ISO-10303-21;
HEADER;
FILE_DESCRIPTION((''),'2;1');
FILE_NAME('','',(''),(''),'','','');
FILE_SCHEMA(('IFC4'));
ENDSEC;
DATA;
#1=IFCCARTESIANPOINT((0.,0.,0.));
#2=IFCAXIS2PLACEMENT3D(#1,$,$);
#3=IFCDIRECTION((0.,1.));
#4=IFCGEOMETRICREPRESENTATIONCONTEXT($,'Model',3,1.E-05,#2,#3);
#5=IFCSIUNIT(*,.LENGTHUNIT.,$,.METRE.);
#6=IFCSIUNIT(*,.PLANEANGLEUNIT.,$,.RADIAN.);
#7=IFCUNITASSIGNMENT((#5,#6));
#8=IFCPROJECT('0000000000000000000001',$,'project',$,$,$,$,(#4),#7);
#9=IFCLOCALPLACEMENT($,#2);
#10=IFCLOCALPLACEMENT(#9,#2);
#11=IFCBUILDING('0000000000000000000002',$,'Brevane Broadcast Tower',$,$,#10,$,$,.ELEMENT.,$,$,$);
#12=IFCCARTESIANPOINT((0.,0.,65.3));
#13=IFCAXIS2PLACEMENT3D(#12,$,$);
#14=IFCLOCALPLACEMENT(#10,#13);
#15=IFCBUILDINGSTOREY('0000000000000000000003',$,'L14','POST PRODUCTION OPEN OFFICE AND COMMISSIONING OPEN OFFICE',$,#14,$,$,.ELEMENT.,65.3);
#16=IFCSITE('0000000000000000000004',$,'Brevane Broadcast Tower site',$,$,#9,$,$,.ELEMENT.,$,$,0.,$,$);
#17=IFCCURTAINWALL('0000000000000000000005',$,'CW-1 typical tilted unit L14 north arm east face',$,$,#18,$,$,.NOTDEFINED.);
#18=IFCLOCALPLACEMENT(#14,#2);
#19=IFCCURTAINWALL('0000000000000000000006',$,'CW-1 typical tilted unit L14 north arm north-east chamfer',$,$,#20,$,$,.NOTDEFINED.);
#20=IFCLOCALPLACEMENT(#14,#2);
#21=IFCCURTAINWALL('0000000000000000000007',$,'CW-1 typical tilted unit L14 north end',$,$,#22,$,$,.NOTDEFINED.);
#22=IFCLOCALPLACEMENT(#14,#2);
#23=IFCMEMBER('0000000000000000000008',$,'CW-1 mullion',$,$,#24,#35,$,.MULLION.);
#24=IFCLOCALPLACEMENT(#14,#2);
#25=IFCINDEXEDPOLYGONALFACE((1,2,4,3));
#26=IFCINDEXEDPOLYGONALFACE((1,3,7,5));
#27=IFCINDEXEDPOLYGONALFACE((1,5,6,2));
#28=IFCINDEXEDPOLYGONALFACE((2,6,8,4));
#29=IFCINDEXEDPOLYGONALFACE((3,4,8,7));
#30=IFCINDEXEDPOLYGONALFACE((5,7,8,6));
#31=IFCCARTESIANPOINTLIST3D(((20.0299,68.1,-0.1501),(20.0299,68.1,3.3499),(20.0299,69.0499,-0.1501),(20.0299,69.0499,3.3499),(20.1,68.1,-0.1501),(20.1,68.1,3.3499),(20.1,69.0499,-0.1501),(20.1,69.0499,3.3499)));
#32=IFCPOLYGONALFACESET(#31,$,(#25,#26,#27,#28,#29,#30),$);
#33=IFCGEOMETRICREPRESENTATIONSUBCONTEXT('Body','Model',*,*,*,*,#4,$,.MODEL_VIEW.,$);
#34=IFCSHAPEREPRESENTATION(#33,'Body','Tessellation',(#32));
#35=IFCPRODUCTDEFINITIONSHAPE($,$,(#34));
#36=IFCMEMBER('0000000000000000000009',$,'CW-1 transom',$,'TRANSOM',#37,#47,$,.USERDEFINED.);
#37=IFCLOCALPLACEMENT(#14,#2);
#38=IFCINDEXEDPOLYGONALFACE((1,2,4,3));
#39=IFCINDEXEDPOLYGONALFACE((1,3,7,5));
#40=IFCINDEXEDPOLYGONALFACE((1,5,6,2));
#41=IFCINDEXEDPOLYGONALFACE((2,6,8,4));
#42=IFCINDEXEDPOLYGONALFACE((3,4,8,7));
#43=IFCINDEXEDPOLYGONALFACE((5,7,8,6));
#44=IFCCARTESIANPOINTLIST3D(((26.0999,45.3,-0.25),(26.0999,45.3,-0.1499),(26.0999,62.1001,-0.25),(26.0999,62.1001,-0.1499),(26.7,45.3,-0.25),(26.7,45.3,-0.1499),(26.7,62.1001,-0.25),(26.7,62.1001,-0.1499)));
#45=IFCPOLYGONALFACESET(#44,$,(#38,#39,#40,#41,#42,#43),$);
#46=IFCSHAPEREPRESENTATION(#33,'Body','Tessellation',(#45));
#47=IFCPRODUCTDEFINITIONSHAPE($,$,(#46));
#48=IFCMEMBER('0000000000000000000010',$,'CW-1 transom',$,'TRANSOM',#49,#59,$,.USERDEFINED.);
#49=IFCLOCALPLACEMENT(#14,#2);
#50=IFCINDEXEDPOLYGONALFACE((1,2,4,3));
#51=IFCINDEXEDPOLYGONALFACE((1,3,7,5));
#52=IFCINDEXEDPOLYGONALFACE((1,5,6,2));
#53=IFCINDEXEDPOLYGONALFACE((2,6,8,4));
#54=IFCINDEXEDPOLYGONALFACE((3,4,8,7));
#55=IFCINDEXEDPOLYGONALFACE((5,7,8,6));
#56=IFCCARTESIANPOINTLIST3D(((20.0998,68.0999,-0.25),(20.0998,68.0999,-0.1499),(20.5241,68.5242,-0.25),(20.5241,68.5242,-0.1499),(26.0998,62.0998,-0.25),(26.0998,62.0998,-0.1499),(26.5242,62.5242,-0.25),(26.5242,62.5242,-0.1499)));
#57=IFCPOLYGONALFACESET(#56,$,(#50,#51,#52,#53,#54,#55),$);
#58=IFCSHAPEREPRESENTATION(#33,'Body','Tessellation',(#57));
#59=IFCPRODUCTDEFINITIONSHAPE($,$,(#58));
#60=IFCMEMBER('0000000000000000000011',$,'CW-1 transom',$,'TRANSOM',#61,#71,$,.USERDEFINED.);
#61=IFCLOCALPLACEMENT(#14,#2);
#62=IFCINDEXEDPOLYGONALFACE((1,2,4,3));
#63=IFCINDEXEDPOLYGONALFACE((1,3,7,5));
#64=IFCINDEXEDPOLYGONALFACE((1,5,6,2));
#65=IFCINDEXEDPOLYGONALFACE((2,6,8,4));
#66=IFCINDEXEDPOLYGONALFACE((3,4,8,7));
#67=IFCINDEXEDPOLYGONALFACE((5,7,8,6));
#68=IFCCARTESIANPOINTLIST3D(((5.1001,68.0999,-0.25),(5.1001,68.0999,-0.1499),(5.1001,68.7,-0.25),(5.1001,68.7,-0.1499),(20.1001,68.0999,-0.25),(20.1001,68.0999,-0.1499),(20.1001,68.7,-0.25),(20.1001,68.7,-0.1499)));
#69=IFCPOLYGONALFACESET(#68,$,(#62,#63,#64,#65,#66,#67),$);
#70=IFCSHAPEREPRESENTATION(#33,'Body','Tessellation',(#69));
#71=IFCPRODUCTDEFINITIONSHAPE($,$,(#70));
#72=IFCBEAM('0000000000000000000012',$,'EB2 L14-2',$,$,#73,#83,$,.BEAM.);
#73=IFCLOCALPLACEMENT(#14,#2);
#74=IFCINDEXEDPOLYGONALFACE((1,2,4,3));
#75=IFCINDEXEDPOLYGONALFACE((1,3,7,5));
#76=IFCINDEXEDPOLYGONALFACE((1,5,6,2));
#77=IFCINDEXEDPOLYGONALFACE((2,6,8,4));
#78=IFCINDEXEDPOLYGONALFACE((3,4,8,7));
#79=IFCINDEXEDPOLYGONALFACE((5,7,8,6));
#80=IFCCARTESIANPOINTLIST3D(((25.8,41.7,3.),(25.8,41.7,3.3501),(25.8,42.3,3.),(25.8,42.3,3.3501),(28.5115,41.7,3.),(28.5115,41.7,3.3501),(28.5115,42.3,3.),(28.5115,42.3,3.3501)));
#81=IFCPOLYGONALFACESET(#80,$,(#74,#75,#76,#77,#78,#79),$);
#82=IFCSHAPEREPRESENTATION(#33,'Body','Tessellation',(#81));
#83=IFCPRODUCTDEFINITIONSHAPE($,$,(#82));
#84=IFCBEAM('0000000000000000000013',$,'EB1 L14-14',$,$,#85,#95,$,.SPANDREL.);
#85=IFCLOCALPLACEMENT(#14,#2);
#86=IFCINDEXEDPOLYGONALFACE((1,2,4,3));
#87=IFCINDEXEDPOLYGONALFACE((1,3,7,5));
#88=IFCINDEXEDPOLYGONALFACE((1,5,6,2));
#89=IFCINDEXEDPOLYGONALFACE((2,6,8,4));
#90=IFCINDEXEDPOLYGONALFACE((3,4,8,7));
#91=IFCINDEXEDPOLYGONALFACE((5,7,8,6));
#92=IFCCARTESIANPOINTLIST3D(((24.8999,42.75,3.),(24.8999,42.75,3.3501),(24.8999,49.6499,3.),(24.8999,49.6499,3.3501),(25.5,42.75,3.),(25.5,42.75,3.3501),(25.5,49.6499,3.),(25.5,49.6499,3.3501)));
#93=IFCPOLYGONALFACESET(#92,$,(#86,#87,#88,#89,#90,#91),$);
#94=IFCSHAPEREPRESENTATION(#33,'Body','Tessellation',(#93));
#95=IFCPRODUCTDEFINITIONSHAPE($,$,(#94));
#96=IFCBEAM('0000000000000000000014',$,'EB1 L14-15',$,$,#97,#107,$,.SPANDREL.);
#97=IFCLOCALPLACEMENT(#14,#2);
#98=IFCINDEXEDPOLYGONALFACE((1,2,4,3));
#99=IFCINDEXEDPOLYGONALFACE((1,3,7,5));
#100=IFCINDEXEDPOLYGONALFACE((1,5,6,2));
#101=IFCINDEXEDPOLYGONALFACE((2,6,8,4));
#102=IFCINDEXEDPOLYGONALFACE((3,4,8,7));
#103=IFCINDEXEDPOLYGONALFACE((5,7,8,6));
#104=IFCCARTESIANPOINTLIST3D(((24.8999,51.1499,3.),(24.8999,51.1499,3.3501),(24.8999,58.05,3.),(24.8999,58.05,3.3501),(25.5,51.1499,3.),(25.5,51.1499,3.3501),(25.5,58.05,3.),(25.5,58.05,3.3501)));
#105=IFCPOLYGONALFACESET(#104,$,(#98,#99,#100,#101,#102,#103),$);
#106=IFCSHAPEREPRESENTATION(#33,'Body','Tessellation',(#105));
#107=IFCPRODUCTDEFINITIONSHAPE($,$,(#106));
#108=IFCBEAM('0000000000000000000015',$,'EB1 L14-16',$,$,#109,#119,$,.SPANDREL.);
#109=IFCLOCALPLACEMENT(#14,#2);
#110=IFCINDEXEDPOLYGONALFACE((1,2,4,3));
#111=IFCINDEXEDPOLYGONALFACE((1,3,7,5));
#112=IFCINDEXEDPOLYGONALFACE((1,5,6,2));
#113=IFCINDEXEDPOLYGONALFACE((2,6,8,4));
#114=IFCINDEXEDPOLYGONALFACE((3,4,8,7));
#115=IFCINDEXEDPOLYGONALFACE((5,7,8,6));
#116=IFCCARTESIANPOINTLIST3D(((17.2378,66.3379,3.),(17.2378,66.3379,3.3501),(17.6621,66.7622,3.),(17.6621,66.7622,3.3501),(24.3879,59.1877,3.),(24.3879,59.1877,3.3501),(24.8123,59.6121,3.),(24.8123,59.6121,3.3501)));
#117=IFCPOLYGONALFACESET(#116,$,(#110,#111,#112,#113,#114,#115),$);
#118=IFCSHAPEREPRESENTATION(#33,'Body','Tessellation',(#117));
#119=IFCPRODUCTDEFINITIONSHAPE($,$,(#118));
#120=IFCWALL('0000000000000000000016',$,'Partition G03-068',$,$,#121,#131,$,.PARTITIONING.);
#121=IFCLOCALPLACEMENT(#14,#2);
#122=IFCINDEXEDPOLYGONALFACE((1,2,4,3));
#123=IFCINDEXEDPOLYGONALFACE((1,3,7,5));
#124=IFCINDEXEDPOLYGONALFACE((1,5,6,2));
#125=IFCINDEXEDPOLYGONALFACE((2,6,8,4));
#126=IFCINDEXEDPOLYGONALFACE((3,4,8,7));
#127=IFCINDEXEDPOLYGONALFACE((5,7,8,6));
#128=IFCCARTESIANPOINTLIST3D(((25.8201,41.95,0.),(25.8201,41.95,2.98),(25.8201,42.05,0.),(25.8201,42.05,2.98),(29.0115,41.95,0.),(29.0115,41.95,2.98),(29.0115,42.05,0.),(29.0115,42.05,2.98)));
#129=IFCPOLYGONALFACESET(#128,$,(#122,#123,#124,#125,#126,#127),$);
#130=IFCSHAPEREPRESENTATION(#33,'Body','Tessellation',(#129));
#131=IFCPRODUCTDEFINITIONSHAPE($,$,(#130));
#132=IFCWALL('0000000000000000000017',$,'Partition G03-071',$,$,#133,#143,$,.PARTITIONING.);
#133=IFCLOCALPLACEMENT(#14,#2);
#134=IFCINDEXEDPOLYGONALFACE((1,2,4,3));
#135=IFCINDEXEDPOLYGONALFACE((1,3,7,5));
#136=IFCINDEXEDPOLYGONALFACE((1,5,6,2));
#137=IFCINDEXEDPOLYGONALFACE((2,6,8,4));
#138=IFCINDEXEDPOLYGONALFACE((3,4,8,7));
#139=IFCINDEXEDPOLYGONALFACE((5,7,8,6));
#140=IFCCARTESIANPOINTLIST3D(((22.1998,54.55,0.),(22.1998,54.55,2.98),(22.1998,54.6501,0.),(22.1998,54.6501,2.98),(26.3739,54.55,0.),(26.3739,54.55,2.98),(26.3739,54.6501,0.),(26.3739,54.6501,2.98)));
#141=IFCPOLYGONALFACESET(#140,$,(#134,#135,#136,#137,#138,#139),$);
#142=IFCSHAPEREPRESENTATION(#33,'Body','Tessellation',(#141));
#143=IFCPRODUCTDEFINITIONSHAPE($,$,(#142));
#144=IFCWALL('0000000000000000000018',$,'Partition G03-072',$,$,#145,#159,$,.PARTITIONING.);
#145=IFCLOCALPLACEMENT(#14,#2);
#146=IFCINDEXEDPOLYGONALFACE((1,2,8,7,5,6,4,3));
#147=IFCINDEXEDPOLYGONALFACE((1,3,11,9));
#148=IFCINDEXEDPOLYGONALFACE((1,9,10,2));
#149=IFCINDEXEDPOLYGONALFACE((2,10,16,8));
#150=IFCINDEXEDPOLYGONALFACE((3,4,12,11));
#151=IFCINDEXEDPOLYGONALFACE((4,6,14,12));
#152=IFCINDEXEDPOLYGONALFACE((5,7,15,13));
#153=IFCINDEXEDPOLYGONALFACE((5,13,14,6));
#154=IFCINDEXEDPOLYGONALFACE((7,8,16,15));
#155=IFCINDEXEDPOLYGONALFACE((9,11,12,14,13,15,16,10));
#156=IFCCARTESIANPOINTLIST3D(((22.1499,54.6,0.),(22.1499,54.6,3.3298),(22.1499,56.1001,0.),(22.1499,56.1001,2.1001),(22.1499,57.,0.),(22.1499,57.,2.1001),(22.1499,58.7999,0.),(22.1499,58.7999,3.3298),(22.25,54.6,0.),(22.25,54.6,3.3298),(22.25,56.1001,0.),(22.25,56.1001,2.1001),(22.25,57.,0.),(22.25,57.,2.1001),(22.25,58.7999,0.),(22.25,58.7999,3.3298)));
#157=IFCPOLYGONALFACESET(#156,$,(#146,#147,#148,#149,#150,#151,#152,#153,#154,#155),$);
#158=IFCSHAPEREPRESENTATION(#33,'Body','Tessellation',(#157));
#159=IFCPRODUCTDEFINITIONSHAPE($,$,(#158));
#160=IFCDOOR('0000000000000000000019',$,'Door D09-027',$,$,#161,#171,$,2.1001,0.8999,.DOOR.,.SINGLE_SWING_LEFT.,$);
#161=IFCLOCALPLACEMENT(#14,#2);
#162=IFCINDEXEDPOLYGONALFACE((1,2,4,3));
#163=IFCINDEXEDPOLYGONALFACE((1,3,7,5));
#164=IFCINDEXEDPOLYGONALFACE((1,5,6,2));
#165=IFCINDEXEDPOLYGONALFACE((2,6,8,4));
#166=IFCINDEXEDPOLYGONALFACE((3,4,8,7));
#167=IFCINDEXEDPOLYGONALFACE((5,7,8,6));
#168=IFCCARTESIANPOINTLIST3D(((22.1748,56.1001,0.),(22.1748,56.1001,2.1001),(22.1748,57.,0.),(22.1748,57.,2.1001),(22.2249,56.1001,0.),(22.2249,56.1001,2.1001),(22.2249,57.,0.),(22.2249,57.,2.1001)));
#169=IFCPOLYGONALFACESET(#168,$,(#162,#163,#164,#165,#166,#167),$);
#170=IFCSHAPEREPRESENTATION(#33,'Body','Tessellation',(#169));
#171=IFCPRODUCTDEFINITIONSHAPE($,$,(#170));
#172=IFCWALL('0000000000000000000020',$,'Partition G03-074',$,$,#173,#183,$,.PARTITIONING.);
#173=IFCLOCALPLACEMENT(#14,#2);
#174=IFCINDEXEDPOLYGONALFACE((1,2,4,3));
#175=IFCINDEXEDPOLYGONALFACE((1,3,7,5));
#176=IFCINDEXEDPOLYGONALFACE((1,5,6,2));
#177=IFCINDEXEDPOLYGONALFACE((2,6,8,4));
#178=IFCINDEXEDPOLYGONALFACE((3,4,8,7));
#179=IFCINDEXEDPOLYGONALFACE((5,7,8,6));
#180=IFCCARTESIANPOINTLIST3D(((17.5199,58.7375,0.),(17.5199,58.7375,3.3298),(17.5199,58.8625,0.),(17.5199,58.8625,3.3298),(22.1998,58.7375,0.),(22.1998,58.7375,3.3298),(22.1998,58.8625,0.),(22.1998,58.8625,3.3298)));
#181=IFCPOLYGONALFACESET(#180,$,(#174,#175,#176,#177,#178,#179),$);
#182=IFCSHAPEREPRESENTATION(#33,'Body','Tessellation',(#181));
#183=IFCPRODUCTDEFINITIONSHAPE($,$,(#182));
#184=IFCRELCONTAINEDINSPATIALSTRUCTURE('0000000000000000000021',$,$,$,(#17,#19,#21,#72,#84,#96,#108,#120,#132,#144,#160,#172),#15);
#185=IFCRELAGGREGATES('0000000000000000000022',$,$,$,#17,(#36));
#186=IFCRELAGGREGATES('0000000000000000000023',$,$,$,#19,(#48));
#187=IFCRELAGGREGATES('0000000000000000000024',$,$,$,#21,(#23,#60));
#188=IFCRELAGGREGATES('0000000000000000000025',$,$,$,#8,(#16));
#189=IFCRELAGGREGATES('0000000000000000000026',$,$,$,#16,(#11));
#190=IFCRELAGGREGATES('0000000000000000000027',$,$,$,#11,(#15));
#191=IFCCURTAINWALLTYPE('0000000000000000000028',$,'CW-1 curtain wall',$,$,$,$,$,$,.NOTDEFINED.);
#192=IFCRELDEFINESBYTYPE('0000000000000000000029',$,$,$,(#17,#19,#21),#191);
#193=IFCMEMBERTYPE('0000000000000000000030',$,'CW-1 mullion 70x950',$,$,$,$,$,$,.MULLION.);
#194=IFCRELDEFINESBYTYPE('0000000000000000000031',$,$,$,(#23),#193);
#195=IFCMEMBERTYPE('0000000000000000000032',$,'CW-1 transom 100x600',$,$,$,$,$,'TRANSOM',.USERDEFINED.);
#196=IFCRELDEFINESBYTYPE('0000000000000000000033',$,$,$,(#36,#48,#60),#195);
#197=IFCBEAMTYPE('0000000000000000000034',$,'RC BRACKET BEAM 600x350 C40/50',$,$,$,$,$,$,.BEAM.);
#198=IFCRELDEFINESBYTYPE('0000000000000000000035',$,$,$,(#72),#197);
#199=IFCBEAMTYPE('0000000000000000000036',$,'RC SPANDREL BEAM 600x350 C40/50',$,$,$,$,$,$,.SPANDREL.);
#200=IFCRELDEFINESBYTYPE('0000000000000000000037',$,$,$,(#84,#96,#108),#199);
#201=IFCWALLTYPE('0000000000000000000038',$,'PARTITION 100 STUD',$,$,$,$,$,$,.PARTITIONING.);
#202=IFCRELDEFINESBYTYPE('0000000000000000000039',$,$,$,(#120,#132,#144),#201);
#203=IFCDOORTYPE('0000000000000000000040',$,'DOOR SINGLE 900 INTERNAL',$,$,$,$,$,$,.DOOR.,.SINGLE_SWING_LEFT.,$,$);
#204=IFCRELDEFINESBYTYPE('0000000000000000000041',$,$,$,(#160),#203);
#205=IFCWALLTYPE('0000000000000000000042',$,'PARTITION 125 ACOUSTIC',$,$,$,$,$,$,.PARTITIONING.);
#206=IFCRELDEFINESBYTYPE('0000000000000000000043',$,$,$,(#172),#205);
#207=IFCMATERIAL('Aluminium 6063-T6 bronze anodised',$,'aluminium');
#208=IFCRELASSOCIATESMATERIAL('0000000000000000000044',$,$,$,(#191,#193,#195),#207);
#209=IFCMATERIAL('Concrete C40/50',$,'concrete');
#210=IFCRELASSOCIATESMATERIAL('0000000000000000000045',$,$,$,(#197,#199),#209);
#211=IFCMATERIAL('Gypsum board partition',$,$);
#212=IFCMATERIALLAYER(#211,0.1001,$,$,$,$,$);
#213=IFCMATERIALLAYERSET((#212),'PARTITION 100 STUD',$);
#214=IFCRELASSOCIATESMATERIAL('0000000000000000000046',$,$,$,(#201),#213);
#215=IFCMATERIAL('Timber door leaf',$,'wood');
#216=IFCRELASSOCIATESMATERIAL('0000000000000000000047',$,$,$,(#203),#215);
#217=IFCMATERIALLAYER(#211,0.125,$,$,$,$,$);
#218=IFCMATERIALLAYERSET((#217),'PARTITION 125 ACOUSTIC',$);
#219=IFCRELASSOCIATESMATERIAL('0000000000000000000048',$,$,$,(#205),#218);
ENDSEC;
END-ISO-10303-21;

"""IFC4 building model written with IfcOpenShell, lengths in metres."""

from ifc_helpers import new_model, si_unit, direction, frame, frame_2d, origin, origin_2d, place, context, subcontext, project, spatial, rectangle, extrude, material, layer, layer_set, material_profile, profile_set, type_object, element, fill, aggregate, save


model = new_model("IFC4")

# Units and contexts
model_context = context("Model", 3, precision=1e-05, world=origin(), true_north=direction((0.0, 1.0)))
body_context = subcontext(model_context, "Body", "Model", "MODEL_VIEW")
ifc_project = project(units=[si_unit("LENGTHUNIT", "METRE"), si_unit("PLANEANGLEUNIT", "RADIAN")], contexts=[model_context])

# Site, building, storey
site_placement = place(None, origin())
site = spatial("IfcSite", under=ifc_project, at=site_placement, Name="Brevane Broadcast Tower site", CompositionType="ELEMENT", RefElevation=0.0)
building_placement = place(site_placement, origin())
building = spatial("IfcBuilding", under=site, at=building_placement, Name="Brevane Broadcast Tower", CompositionType="ELEMENT")
storey_placement = place(building_placement, frame((0.0, 0.0, 65.3)))
storey = spatial("IfcBuildingStorey", under=building, at=storey_placement, Name="L14", Description="POST PRODUCTION OPEN OFFICE AND COMMISSIONING OPEN OFFICE", CompositionType="ELEMENT", Elevation=65.3)

# Shared definitions
ifc_material_1 = material(Name="Aluminium 6063-T6 bronze anodised", Category="aluminium")
curtain_wall_type = type_object("IfcCurtainWallType", Name="CW-1 curtain wall", PredefinedType="NOTDEFINED", material=ifc_material_1)
ifc_material_profile_1 = material_profile(ifc_material_1, rectangle(XDim=0.95, YDim=0.0701, at=origin_2d()), Name="RECT 70x950")
ifc_profile_set_1 = profile_set([ifc_material_profile_1], Name="Aluminium 6063-T6 bronze anodised")
member_type_1 = type_object("IfcMemberType", Name="CW-1 mullion 70x950", PredefinedType="MULLION", material=ifc_profile_set_1)

# Curtain walls
curtain_wall_1_placement = place(storey_placement, origin())
curtain_wall_1 = element("IfcCurtainWall", 1, at=curtain_wall_1_placement, inside=storey, type_object=curtain_wall_type, Name="CW-1 typical tilted unit L14 north arm east face", PredefinedType="NOTDEFINED")
curtain_wall_2_placement = place(storey_placement, origin())
curtain_wall_2 = element("IfcCurtainWall", 2, at=curtain_wall_2_placement, inside=storey, type_object=curtain_wall_type, Name="CW-1 typical tilted unit L14 north arm north-east chamfer", PredefinedType="NOTDEFINED")

# Curtain wall, member
curtain_wall_3_placement = place(storey_placement, origin())
curtain_wall_3 = element("IfcCurtainWall", 3, at=curtain_wall_3_placement, inside=storey, type_object=curtain_wall_type, Name="CW-1 typical tilted unit L14 north end", PredefinedType="NOTDEFINED")
member_1_placement = place(storey_placement, frame((20.0649, 68.575, -0.1501), z_axis=(0.0, 0.0, 1.0), x_axis=(0.0, -1.0, 0.0)))
member_1 = element("IfcMember", 4, at=member_1_placement, type_object=member_type_1, Name="CW-1 mullion", PredefinedType="MULLION", context=body_context, shape_type="SweptSolid", body=[
    extrude(rectangle(XDim=0.95, YDim=0.0701, at=origin_2d()), origin(), (0.0, 0.0, 1.0), 3.5),
])

# Members
ifc_material_profile_2 = material_profile(ifc_material_1, rectangle(XDim=0.6001, YDim=0.1001, at=origin_2d()), Name="RECT 100x600")
ifc_profile_set_2 = profile_set([ifc_material_profile_2], Name="Aluminium 6063-T6 bronze anodised")
member_type_2 = type_object("IfcMemberType", Name="CW-1 transom 100x600", ElementType="TRANSOM", PredefinedType="USERDEFINED", material=ifc_profile_set_2)
member_2_placement = place(storey_placement, frame((26.3999, 45.3, -0.2), z_axis=(0.0, 1.0, 0.0), x_axis=(-1.0, 0.0, 0.0)))
member_2 = element("IfcMember", 5, at=member_2_placement, type_object=member_type_2, Name="CW-1 transom", ObjectType="TRANSOM", PredefinedType="USERDEFINED", context=body_context, shape_type="SweptSolid", body=[
    extrude(rectangle(XDim=0.6001, YDim=0.1001, at=origin_2d()), origin(), (0.0, 0.0, 1.0), 16.8),
])
aggregate(curtain_wall_1, [member_2])
member_3_placement = place(storey_placement, frame((26.312, 62.312, -0.2), z_axis=(-0.707107, 0.707107, 0.0), x_axis=(-0.707107, -0.707107, 0.0)))
member_3 = element("IfcMember", 6, at=member_3_placement, type_object=member_type_2, Name="CW-1 transom", ObjectType="TRANSOM", PredefinedType="USERDEFINED", context=body_context, shape_type="SweptSolid", body=[
    extrude(rectangle(XDim=0.6001, YDim=0.1001, at=origin_2d()), origin(), (0.0, 0.0, 1.0), 8.4854),
])
aggregate(curtain_wall_2, [member_3])
member_4_placement = place(storey_placement, frame((20.1001, 68.3999, -0.2), z_axis=(-1.0, 0.0, 0.0), x_axis=(0.0, -1.0, 0.0)))
member_4 = element("IfcMember", 7, at=member_4_placement, type_object=member_type_2, Name="CW-1 transom", ObjectType="TRANSOM", PredefinedType="USERDEFINED", context=body_context, shape_type="SweptSolid", body=[
    extrude(rectangle(XDim=0.6001, YDim=0.1001, at=origin_2d()), origin(), (0.0, 0.0, 1.0), 15.0),
])
aggregate(curtain_wall_3, [member_1, member_4])

# Beams
ifc_material_2 = material(Name="Concrete C40/50", Category="concrete")
ifc_material_profile_3 = material_profile(ifc_material_2, rectangle(XDim=0.6001, YDim=0.3501, at=origin_2d()), Name="RC 600x350")
ifc_profile_set_3 = profile_set([ifc_material_profile_3], Name="Concrete C40/50")
beam_type_1 = type_object("IfcBeamType", Name="RC BRACKET BEAM 600x350 C40/50", PredefinedType="BEAM", material=ifc_profile_set_3)
beam_1_placement = place(storey_placement, frame((25.8, 42.0, 3.175), z_axis=(1.0, 0.0, 0.0), x_axis=(0.0, 1.0, 0.0)))
element("IfcBeam", 8, at=beam_1_placement, inside=storey, type_object=beam_type_1, Name="EB2 L14-2", PredefinedType="BEAM", context=body_context, shape_type="SweptSolid", body=[
    extrude(rectangle(XDim=0.6001, YDim=0.3501, at=origin_2d()), origin(), (0.0, 0.0, 1.0), 2.7114),
])
ifc_material_profile_4 = material_profile(ifc_material_2, rectangle(XDim=0.6001, YDim=0.3501, at=origin_2d()), Name="RC 600x350")
ifc_profile_set_4 = profile_set([ifc_material_profile_4], Name="Concrete C40/50")
beam_type_2 = type_object("IfcBeamType", Name="RC SPANDREL BEAM 600x350 C40/50", PredefinedType="SPANDREL", material=ifc_profile_set_4)
beam_2_placement = place(storey_placement, frame((25.2, 42.75, 3.175), z_axis=(0.0, 1.0, 0.0), x_axis=(-1.0, 0.0, 0.0)))
element("IfcBeam", 9, at=beam_2_placement, inside=storey, type_object=beam_type_2, Name="EB1 L14-14", PredefinedType="SPANDREL", context=body_context, shape_type="SweptSolid", body=[
    extrude(rectangle(XDim=0.6001, YDim=0.3501, at=origin_2d()), origin(), (0.0, 0.0, 1.0), 6.8999),
])
beam_3_placement = place(storey_placement, frame((25.2, 51.1499, 3.175), z_axis=(0.0, 1.0, 0.0), x_axis=(-1.0, 0.0, 0.0)))
element("IfcBeam", 10, at=beam_3_placement, inside=storey, type_object=beam_type_2, Name="EB1 L14-15", PredefinedType="SPANDREL", context=body_context, shape_type="SweptSolid", body=[
    extrude(rectangle(XDim=0.6001, YDim=0.3501, at=origin_2d()), origin(), (0.0, 0.0, 1.0), 6.9001),
])
beam_4_placement = place(storey_placement, frame((24.6001, 59.3999, 3.175), z_axis=(-0.707107, 0.707107, 0.0), x_axis=(-0.707107, -0.707107, 0.0)))
element("IfcBeam", 11, at=beam_4_placement, inside=storey, type_object=beam_type_2, Name="EB1 L14-16", PredefinedType="SPANDREL", context=body_context, shape_type="SweptSolid", body=[
    extrude(rectangle(XDim=0.6001, YDim=0.3501, at=origin_2d()), origin(), (0.0, 0.0, 1.0), 10.1118),
])

# Walls
ifc_material_3 = material(Name="Gypsum board partition")
ifc_layer_1 = layer(ifc_material_3, 0.1001)
ifc_layer_set_1 = layer_set([ifc_layer_1], Name="PARTITION 100 STUD")
wall_type_1 = type_object("IfcWallType", Name="PARTITION 100 STUD", PredefinedType="PARTITIONING", material=ifc_layer_set_1)
wall_1_placement = place(storey_placement, frame((25.8201, 42.0, 0.0), z_axis=(0.0, 0.0, 1.0), x_axis=(1.0, 0.0, 0.0)))
element("IfcWall", 12, at=wall_1_placement, inside=storey, type_object=wall_type_1, Name="Partition G03-068", PredefinedType="PARTITIONING", context=body_context, shape_type="SweptSolid", body=[
    extrude(rectangle(XDim=3.1914, YDim=0.1001, at=frame_2d((1.5957, 0.0))), origin(), (0.0, 0.0, 1.0), 2.98),
])
wall_2_placement = place(storey_placement, frame((22.2, 54.6001, 0.0), z_axis=(0.0, 0.0, 1.0), x_axis=(1.0, 0.0, 0.0)))
element("IfcWall", 13, at=wall_2_placement, inside=storey, type_object=wall_type_1, Name="Partition G03-071", PredefinedType="PARTITIONING", context=body_context, shape_type="SweptSolid", body=[
    extrude(rectangle(XDim=4.1741, YDim=0.1001, at=frame_2d((2.0869, 0.0))), origin(), (0.0, 0.0, 1.0), 2.98),
])

# Wall, opening, door
wall_3_placement = place(storey_placement, frame((22.2, 58.8, 0.0), z_axis=(0.0, 0.0, 1.0), x_axis=(0.0, -1.0, 0.0)))
wall_3 = element("IfcWall", 14, at=wall_3_placement, inside=storey, type_object=wall_type_1, Name="Partition G03-072", PredefinedType="PARTITIONING", context=body_context, shape_type="SweptSolid", body=[
    extrude(rectangle(XDim=4.2, YDim=0.1001, at=frame_2d((2.1001, 0.0))), origin(), (0.0, 0.0, 1.0), 3.3298),
])
opening_placement = place(wall_3_placement, frame((1.8, 0.0, 0.0)))
opening = element("IfcOpeningElement", 15, at=opening_placement, cuts=wall_3, PredefinedType="OPENING", context=body_context, shape_type="SweptSolid", body=[
    extrude(rectangle(XDim=0.8999, YDim=2.1001, at=frame_2d((0.45, 1.05))), frame((0.0, 0.0601, 0.0), z_axis=(0.0, -1.0, 0.0), x_axis=(1.0, 0.0, 0.0)), (0.0, 0.0, 1.0), 0.1201),
])
ifc_material_4 = material(Name="Timber door leaf", Category="wood")
door_type = type_object("IfcDoorType", Name="DOOR SINGLE 900 INTERNAL", OperationType="SINGLE_SWING_LEFT", PredefinedType="DOOR", material=ifc_material_4)
door_placement = place(opening_placement, origin())
door = element("IfcDoor", 16, at=door_placement, inside=storey, type_object=door_type, Name="Door D09-027", OperationType="SINGLE_SWING_LEFT", OverallHeight=2.1001, OverallWidth=0.8999, PredefinedType="DOOR", context=body_context, shape_type="SweptSolid", body=[
    extrude(rectangle(XDim=0.8999, YDim=2.1001, at=frame_2d((0.45, 1.05))), frame((0.0, 0.0249, 0.0), z_axis=(0.0, -1.0, 0.0), x_axis=(1.0, 0.0, 0.0)), (0.0, 0.0, 1.0), 0.05),
])
fill(opening, door)

# Wall
ifc_layer_2 = layer(ifc_material_3, 0.125)
ifc_layer_set_2 = layer_set([ifc_layer_2], Name="PARTITION 125 ACOUSTIC")
wall_type_2 = type_object("IfcWallType", Name="PARTITION 125 ACOUSTIC", PredefinedType="PARTITIONING", material=ifc_layer_set_2)
wall_4_placement = place(storey_placement, frame((17.52, 58.8, 0.0), z_axis=(0.0, 0.0, 1.0), x_axis=(1.0, 0.0, 0.0)))
element("IfcWall", 17, at=wall_4_placement, inside=storey, type_object=wall_type_2, Name="Partition G03-074", PredefinedType="PARTITIONING", context=body_context, shape_type="SweptSolid", body=[
    extrude(rectangle(XDim=4.6799, YDim=0.125, at=frame_2d((2.3398, 0.0))), origin(), (0.0, 0.0, 1.0), 3.3298),
])

save(model, "model.ifc")
